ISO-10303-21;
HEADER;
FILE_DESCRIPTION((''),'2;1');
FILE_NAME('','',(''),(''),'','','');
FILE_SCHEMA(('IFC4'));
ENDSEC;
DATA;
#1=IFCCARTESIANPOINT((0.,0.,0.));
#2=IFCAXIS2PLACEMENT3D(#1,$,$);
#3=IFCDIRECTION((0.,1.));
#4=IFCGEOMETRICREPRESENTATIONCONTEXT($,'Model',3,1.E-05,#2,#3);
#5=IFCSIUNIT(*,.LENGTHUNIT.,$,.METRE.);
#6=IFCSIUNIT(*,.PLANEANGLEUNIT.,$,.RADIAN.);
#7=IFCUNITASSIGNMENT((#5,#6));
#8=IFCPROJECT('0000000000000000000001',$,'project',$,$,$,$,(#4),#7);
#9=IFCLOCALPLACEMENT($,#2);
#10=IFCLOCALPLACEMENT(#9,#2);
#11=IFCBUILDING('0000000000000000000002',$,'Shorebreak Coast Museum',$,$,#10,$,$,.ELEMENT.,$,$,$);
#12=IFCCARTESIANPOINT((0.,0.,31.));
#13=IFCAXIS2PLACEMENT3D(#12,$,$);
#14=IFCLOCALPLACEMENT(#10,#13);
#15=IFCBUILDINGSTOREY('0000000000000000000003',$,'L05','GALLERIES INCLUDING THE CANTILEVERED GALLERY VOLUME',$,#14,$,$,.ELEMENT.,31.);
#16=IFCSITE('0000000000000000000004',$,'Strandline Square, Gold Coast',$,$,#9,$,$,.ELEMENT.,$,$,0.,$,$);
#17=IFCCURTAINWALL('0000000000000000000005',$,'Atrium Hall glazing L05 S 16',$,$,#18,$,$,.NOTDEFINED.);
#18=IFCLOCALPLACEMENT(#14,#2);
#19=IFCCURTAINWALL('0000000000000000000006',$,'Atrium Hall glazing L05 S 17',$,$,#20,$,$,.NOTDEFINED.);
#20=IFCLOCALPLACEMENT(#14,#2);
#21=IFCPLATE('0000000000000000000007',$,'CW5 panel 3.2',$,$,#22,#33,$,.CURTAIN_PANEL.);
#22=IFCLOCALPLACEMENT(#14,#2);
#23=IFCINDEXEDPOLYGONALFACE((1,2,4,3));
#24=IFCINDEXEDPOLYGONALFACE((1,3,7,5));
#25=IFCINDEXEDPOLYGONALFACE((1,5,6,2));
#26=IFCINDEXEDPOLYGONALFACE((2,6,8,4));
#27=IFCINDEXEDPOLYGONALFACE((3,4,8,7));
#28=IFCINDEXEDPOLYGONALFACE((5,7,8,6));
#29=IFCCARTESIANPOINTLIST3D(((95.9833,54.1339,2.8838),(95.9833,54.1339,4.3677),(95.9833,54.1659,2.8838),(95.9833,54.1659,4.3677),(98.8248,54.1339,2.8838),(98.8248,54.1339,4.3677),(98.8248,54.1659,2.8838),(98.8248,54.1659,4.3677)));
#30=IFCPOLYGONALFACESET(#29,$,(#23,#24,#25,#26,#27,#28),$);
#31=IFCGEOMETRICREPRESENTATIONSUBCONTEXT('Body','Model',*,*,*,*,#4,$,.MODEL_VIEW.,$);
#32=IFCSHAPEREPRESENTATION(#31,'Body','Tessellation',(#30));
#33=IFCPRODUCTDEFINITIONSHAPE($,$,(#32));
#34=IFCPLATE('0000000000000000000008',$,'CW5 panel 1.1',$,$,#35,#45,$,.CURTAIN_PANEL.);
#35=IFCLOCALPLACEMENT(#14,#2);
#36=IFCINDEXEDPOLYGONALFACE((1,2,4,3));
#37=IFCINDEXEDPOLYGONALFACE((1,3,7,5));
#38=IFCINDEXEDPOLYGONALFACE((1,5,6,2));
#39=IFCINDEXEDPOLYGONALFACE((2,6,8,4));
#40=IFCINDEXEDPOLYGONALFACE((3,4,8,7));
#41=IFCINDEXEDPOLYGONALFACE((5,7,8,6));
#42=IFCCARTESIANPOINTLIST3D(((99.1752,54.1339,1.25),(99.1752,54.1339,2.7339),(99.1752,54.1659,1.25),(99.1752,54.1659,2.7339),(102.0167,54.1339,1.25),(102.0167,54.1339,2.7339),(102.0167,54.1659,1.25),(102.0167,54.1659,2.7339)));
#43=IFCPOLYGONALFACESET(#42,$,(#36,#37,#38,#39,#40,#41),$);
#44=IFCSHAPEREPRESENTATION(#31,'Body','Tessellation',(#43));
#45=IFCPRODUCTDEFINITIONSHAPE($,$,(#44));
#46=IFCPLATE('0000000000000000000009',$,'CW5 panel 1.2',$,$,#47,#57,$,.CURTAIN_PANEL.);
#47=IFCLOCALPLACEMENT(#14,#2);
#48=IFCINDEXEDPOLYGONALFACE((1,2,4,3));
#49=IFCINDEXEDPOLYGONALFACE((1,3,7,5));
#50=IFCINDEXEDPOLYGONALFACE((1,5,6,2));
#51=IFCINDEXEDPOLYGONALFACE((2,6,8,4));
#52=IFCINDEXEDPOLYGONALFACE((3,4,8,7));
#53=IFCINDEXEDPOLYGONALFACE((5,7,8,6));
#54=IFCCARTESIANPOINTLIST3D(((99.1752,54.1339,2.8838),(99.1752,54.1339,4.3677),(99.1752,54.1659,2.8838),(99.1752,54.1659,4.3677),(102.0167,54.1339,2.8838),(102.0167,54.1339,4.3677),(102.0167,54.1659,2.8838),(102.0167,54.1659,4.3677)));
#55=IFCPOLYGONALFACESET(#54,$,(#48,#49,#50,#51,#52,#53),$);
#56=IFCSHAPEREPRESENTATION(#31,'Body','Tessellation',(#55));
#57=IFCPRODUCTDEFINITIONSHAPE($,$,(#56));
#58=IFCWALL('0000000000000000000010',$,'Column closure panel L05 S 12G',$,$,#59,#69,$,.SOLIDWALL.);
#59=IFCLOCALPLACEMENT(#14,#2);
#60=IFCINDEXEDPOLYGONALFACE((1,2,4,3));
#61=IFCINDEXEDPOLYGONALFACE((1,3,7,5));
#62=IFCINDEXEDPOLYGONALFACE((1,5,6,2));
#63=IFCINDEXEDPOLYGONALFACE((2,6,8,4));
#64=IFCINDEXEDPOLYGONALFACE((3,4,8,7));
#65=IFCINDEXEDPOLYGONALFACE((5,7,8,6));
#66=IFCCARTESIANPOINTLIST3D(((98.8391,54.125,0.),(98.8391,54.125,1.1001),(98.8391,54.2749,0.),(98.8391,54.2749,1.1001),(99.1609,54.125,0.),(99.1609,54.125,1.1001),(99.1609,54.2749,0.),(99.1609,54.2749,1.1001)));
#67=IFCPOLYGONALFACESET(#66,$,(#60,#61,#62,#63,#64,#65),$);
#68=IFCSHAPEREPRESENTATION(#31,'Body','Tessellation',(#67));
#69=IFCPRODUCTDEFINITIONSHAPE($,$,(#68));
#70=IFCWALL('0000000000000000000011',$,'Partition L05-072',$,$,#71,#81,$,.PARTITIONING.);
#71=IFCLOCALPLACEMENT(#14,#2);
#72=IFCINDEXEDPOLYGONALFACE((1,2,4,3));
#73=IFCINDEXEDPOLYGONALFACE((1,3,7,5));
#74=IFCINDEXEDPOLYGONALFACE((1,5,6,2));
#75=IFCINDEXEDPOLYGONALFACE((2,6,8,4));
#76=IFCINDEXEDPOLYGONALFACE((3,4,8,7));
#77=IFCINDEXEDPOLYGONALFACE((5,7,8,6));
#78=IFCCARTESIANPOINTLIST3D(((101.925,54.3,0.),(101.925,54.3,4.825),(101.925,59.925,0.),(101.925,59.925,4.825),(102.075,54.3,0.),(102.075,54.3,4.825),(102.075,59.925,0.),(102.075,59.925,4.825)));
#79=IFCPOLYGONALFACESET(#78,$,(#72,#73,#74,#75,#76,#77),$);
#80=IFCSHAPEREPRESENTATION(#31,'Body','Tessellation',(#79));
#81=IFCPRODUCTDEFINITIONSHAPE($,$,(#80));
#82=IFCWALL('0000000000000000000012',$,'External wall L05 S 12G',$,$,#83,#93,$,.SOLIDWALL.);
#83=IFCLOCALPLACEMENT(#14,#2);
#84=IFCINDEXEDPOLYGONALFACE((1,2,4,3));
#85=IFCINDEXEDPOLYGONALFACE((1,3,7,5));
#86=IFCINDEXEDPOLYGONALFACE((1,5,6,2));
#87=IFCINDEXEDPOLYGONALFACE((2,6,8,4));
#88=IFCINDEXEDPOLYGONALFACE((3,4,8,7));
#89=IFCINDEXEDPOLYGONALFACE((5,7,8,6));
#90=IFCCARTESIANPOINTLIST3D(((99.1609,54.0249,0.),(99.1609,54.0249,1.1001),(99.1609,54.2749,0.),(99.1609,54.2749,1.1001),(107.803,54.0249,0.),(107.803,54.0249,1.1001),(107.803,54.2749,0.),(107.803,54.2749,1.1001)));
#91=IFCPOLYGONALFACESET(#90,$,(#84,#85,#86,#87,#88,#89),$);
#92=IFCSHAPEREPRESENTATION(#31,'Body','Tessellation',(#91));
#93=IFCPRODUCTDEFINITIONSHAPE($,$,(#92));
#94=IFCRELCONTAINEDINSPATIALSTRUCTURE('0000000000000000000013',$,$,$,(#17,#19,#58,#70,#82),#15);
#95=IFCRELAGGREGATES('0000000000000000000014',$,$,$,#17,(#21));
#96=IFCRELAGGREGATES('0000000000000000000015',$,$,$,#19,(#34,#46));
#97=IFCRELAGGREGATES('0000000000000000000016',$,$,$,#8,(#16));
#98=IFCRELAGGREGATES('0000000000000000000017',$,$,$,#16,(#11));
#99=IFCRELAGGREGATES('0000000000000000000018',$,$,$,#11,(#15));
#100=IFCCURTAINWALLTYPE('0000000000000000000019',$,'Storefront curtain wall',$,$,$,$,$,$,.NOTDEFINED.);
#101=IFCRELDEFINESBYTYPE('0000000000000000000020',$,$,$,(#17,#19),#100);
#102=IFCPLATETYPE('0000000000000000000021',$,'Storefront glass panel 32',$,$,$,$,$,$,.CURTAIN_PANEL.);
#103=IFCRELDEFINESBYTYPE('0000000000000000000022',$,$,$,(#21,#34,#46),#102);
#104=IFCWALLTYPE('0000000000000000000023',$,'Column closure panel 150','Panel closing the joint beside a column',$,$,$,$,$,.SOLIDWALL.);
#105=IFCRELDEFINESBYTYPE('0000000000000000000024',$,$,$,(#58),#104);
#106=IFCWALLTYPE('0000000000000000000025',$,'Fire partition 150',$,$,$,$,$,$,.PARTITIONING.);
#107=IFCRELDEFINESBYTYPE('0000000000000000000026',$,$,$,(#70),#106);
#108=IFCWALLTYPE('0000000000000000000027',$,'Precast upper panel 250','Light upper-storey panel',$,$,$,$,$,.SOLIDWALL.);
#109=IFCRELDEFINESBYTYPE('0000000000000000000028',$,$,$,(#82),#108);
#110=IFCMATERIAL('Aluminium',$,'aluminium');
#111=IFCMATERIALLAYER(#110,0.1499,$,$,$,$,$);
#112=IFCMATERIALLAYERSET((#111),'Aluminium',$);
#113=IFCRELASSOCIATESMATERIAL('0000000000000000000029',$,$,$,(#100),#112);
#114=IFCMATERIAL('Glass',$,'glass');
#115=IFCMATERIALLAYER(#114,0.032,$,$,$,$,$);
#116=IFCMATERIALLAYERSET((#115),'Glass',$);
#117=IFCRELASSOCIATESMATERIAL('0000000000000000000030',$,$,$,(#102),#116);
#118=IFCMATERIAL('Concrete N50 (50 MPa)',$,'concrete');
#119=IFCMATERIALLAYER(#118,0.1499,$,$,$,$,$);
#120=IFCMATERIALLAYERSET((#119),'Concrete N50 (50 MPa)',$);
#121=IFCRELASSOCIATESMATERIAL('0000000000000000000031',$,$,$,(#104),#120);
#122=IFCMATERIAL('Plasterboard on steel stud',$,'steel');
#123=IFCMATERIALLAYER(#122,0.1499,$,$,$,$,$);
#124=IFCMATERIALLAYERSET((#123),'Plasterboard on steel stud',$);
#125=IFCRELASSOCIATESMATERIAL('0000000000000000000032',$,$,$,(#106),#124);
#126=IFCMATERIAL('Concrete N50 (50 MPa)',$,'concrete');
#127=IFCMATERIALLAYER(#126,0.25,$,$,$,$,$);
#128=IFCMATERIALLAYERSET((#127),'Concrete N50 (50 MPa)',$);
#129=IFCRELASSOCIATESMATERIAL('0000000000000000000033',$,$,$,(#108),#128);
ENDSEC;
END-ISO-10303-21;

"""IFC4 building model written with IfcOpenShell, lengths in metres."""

from ifc_helpers import new_model, si_unit, direction, frame, frame_2d, origin, origin_2d, place, context, subcontext, project, spatial, rectangle, extrude, material, layer, layer_set, type_object, element, aggregate, save


model = new_model("IFC4")

# Units and contexts
model_context = context("Model", 3, precision=1e-05, world=origin(), true_north=direction((0.0, 1.0)))
body_context = subcontext(model_context, "Body", "Model", "MODEL_VIEW")
ifc_project = project(units=[si_unit("LENGTHUNIT", "METRE"), si_unit("PLANEANGLEUNIT", "RADIAN")], contexts=[model_context])

# Site, building, storey
site_placement = place(None, origin())
site = spatial("IfcSite", under=ifc_project, at=site_placement, Name="Strandline Square, Gold Coast", CompositionType="ELEMENT", RefElevation=0.0)
building_placement = place(site_placement, origin())
building = spatial("IfcBuilding", under=site, at=building_placement, Name="Shorebreak Coast Museum", CompositionType="ELEMENT")
storey_placement = place(building_placement, frame((0.0, 0.0, 31.0)))
storey = spatial("IfcBuildingStorey", under=building, at=storey_placement, Name="L05", Description="GALLERIES INCLUDING THE CANTILEVERED GALLERY VOLUME", CompositionType="ELEMENT", Elevation=31.0)

# Curtain walls
ifc_material_1 = material(Name="Aluminium", Category="aluminium")
ifc_layer_1 = layer(ifc_material_1, 0.1499)
ifc_layer_set_1 = layer_set([ifc_layer_1], Name="Aluminium")
curtain_wall_type_1 = type_object("IfcCurtainWallType", Name="Storefront curtain wall", PredefinedType="NOTDEFINED", material=ifc_layer_set_1)
curtain_wall_1_placement = place(storey_placement, origin())
curtain_wall_1 = element("IfcCurtainWall", 1, at=curtain_wall_1_placement, inside=storey, type_object=curtain_wall_type_1, Name="Atrium Hall glazing L05 S 16", PredefinedType="NOTDEFINED")
curtain_wall_2_placement = place(storey_placement, origin())
curtain_wall_2 = element("IfcCurtainWall", 2, at=curtain_wall_2_placement, inside=storey, type_object=curtain_wall_type_1, Name="Atrium Hall glazing L05 S 17", PredefinedType="NOTDEFINED")

# Plates
ifc_material_2 = material(Name="Glass", Category="glass")
ifc_layer_2 = layer(ifc_material_2, 0.032)
ifc_layer_set_2 = layer_set([ifc_layer_2], Name="Glass")
plate_type = type_object("IfcPlateType", Name="Storefront glass panel 32", PredefinedType="CURTAIN_PANEL", material=ifc_layer_set_2)
plate_1_placement = place(storey_placement, frame((97.4041, 54.1499, 2.8838), z_axis=(0.0, 0.0, 1.0), x_axis=(1.0, 0.0, 0.0)))
plate_1 = element("IfcPlate", 3, at=plate_1_placement, type_object=plate_type, Name="CW5 panel 3.2", PredefinedType="CURTAIN_PANEL", context=body_context, shape_type="SweptSolid", body=[
    extrude(rectangle(XDim=2.8416, YDim=0.032, at=origin_2d()), origin(), (0.0, 0.0, 1.0), 1.4839),
])
aggregate(curtain_wall_1, [plate_1])
plate_2_placement = place(storey_placement, frame((100.5959, 54.1499, 1.25), z_axis=(0.0, 0.0, 1.0), x_axis=(1.0, 0.0, 0.0)))
plate_2 = element("IfcPlate", 4, at=plate_2_placement, type_object=plate_type, Name="CW5 panel 1.1", PredefinedType="CURTAIN_PANEL", context=body_context, shape_type="SweptSolid", body=[
    extrude(rectangle(XDim=2.8416, YDim=0.032, at=origin_2d()), origin(), (0.0, 0.0, 1.0), 1.4839),
])
plate_3_placement = place(storey_placement, frame((100.5959, 54.1499, 2.8838), z_axis=(0.0, 0.0, 1.0), x_axis=(1.0, 0.0, 0.0)))
plate_3 = element("IfcPlate", 5, at=plate_3_placement, type_object=plate_type, Name="CW5 panel 1.2", PredefinedType="CURTAIN_PANEL", context=body_context, shape_type="SweptSolid", body=[
    extrude(rectangle(XDim=2.8416, YDim=0.032, at=origin_2d()), origin(), (0.0, 0.0, 1.0), 1.4839),
])
aggregate(curtain_wall_2, [plate_2, plate_3])

# Walls
ifc_material_3 = material(Name="Concrete N50 (50 MPa)", Category="concrete")
ifc_layer_3 = layer(ifc_material_3, 0.1499)
ifc_layer_set_3 = layer_set([ifc_layer_3], Name="Concrete N50 (50 MPa)")
wall_type_1 = type_object("IfcWallType", Name="Column closure panel 150", Description="Panel closing the joint beside a column", PredefinedType="SOLIDWALL", material=ifc_layer_set_3)
wall_1_placement = place(storey_placement, frame((98.8391, 54.2, 0.0), z_axis=(0.0, 0.0, 1.0), x_axis=(1.0, 0.0, 0.0)))
element("IfcWall", 6, at=wall_1_placement, inside=storey, type_object=wall_type_1, Name="Column closure panel L05 S 12G", PredefinedType="SOLIDWALL", context=body_context, shape_type="SweptSolid", body=[
    extrude(rectangle(XDim=0.3218, YDim=0.1499, at=frame_2d((0.1609, 0.0))), origin(), (0.0, 0.0, 1.0), 1.1001),
])
ifc_material_4 = material(Name="Plasterboard on steel stud", Category="steel")
ifc_layer_4 = layer(ifc_material_4, 0.1499)
ifc_layer_set_4 = layer_set([ifc_layer_4], Name="Plasterboard on steel stud")
wall_type_2 = type_object("IfcWallType", Name="Fire partition 150", PredefinedType="PARTITIONING", material=ifc_layer_set_4)
wall_2_placement = place(storey_placement, frame((102.0, 54.3, 0.0), z_axis=(0.0, 0.0, 1.0), x_axis=(0.0, 1.0, 0.0)))
element("IfcWall", 7, at=wall_2_placement, inside=storey, type_object=wall_type_2, Name="Partition L05-072", PredefinedType="PARTITIONING", context=body_context, shape_type="SweptSolid", body=[
    extrude(rectangle(XDim=5.625, YDim=0.1499, at=frame_2d((2.8125, 0.0))), origin(), (0.0, 0.0, 1.0), 4.825),
])
ifc_material_5 = material(Name="Concrete N50 (50 MPa)", Category="concrete")
ifc_layer_5 = layer(ifc_material_5, 0.25)
ifc_layer_set_5 = layer_set([ifc_layer_5], Name="Concrete N50 (50 MPa)")
wall_type_3 = type_object("IfcWallType", Name="Precast upper panel 250", Description="Light upper-storey panel", PredefinedType="SOLIDWALL", material=ifc_layer_set_5)
wall_3_placement = place(storey_placement, frame((99.1609, 54.1499, 0.0), z_axis=(0.0, 0.0, 1.0), x_axis=(1.0, 0.0, 0.0)))
element("IfcWall", 8, at=wall_3_placement, inside=storey, type_object=wall_type_3, Name="External wall L05 S 12G", PredefinedType="SOLIDWALL", context=body_context, shape_type="SweptSolid", body=[
    extrude(rectangle(XDim=8.6421, YDim=0.25, at=frame_2d((4.321, 0.0))), origin(), (0.0, 0.0, 1.0), 1.1001),
])

save(model, "model.ifc")
